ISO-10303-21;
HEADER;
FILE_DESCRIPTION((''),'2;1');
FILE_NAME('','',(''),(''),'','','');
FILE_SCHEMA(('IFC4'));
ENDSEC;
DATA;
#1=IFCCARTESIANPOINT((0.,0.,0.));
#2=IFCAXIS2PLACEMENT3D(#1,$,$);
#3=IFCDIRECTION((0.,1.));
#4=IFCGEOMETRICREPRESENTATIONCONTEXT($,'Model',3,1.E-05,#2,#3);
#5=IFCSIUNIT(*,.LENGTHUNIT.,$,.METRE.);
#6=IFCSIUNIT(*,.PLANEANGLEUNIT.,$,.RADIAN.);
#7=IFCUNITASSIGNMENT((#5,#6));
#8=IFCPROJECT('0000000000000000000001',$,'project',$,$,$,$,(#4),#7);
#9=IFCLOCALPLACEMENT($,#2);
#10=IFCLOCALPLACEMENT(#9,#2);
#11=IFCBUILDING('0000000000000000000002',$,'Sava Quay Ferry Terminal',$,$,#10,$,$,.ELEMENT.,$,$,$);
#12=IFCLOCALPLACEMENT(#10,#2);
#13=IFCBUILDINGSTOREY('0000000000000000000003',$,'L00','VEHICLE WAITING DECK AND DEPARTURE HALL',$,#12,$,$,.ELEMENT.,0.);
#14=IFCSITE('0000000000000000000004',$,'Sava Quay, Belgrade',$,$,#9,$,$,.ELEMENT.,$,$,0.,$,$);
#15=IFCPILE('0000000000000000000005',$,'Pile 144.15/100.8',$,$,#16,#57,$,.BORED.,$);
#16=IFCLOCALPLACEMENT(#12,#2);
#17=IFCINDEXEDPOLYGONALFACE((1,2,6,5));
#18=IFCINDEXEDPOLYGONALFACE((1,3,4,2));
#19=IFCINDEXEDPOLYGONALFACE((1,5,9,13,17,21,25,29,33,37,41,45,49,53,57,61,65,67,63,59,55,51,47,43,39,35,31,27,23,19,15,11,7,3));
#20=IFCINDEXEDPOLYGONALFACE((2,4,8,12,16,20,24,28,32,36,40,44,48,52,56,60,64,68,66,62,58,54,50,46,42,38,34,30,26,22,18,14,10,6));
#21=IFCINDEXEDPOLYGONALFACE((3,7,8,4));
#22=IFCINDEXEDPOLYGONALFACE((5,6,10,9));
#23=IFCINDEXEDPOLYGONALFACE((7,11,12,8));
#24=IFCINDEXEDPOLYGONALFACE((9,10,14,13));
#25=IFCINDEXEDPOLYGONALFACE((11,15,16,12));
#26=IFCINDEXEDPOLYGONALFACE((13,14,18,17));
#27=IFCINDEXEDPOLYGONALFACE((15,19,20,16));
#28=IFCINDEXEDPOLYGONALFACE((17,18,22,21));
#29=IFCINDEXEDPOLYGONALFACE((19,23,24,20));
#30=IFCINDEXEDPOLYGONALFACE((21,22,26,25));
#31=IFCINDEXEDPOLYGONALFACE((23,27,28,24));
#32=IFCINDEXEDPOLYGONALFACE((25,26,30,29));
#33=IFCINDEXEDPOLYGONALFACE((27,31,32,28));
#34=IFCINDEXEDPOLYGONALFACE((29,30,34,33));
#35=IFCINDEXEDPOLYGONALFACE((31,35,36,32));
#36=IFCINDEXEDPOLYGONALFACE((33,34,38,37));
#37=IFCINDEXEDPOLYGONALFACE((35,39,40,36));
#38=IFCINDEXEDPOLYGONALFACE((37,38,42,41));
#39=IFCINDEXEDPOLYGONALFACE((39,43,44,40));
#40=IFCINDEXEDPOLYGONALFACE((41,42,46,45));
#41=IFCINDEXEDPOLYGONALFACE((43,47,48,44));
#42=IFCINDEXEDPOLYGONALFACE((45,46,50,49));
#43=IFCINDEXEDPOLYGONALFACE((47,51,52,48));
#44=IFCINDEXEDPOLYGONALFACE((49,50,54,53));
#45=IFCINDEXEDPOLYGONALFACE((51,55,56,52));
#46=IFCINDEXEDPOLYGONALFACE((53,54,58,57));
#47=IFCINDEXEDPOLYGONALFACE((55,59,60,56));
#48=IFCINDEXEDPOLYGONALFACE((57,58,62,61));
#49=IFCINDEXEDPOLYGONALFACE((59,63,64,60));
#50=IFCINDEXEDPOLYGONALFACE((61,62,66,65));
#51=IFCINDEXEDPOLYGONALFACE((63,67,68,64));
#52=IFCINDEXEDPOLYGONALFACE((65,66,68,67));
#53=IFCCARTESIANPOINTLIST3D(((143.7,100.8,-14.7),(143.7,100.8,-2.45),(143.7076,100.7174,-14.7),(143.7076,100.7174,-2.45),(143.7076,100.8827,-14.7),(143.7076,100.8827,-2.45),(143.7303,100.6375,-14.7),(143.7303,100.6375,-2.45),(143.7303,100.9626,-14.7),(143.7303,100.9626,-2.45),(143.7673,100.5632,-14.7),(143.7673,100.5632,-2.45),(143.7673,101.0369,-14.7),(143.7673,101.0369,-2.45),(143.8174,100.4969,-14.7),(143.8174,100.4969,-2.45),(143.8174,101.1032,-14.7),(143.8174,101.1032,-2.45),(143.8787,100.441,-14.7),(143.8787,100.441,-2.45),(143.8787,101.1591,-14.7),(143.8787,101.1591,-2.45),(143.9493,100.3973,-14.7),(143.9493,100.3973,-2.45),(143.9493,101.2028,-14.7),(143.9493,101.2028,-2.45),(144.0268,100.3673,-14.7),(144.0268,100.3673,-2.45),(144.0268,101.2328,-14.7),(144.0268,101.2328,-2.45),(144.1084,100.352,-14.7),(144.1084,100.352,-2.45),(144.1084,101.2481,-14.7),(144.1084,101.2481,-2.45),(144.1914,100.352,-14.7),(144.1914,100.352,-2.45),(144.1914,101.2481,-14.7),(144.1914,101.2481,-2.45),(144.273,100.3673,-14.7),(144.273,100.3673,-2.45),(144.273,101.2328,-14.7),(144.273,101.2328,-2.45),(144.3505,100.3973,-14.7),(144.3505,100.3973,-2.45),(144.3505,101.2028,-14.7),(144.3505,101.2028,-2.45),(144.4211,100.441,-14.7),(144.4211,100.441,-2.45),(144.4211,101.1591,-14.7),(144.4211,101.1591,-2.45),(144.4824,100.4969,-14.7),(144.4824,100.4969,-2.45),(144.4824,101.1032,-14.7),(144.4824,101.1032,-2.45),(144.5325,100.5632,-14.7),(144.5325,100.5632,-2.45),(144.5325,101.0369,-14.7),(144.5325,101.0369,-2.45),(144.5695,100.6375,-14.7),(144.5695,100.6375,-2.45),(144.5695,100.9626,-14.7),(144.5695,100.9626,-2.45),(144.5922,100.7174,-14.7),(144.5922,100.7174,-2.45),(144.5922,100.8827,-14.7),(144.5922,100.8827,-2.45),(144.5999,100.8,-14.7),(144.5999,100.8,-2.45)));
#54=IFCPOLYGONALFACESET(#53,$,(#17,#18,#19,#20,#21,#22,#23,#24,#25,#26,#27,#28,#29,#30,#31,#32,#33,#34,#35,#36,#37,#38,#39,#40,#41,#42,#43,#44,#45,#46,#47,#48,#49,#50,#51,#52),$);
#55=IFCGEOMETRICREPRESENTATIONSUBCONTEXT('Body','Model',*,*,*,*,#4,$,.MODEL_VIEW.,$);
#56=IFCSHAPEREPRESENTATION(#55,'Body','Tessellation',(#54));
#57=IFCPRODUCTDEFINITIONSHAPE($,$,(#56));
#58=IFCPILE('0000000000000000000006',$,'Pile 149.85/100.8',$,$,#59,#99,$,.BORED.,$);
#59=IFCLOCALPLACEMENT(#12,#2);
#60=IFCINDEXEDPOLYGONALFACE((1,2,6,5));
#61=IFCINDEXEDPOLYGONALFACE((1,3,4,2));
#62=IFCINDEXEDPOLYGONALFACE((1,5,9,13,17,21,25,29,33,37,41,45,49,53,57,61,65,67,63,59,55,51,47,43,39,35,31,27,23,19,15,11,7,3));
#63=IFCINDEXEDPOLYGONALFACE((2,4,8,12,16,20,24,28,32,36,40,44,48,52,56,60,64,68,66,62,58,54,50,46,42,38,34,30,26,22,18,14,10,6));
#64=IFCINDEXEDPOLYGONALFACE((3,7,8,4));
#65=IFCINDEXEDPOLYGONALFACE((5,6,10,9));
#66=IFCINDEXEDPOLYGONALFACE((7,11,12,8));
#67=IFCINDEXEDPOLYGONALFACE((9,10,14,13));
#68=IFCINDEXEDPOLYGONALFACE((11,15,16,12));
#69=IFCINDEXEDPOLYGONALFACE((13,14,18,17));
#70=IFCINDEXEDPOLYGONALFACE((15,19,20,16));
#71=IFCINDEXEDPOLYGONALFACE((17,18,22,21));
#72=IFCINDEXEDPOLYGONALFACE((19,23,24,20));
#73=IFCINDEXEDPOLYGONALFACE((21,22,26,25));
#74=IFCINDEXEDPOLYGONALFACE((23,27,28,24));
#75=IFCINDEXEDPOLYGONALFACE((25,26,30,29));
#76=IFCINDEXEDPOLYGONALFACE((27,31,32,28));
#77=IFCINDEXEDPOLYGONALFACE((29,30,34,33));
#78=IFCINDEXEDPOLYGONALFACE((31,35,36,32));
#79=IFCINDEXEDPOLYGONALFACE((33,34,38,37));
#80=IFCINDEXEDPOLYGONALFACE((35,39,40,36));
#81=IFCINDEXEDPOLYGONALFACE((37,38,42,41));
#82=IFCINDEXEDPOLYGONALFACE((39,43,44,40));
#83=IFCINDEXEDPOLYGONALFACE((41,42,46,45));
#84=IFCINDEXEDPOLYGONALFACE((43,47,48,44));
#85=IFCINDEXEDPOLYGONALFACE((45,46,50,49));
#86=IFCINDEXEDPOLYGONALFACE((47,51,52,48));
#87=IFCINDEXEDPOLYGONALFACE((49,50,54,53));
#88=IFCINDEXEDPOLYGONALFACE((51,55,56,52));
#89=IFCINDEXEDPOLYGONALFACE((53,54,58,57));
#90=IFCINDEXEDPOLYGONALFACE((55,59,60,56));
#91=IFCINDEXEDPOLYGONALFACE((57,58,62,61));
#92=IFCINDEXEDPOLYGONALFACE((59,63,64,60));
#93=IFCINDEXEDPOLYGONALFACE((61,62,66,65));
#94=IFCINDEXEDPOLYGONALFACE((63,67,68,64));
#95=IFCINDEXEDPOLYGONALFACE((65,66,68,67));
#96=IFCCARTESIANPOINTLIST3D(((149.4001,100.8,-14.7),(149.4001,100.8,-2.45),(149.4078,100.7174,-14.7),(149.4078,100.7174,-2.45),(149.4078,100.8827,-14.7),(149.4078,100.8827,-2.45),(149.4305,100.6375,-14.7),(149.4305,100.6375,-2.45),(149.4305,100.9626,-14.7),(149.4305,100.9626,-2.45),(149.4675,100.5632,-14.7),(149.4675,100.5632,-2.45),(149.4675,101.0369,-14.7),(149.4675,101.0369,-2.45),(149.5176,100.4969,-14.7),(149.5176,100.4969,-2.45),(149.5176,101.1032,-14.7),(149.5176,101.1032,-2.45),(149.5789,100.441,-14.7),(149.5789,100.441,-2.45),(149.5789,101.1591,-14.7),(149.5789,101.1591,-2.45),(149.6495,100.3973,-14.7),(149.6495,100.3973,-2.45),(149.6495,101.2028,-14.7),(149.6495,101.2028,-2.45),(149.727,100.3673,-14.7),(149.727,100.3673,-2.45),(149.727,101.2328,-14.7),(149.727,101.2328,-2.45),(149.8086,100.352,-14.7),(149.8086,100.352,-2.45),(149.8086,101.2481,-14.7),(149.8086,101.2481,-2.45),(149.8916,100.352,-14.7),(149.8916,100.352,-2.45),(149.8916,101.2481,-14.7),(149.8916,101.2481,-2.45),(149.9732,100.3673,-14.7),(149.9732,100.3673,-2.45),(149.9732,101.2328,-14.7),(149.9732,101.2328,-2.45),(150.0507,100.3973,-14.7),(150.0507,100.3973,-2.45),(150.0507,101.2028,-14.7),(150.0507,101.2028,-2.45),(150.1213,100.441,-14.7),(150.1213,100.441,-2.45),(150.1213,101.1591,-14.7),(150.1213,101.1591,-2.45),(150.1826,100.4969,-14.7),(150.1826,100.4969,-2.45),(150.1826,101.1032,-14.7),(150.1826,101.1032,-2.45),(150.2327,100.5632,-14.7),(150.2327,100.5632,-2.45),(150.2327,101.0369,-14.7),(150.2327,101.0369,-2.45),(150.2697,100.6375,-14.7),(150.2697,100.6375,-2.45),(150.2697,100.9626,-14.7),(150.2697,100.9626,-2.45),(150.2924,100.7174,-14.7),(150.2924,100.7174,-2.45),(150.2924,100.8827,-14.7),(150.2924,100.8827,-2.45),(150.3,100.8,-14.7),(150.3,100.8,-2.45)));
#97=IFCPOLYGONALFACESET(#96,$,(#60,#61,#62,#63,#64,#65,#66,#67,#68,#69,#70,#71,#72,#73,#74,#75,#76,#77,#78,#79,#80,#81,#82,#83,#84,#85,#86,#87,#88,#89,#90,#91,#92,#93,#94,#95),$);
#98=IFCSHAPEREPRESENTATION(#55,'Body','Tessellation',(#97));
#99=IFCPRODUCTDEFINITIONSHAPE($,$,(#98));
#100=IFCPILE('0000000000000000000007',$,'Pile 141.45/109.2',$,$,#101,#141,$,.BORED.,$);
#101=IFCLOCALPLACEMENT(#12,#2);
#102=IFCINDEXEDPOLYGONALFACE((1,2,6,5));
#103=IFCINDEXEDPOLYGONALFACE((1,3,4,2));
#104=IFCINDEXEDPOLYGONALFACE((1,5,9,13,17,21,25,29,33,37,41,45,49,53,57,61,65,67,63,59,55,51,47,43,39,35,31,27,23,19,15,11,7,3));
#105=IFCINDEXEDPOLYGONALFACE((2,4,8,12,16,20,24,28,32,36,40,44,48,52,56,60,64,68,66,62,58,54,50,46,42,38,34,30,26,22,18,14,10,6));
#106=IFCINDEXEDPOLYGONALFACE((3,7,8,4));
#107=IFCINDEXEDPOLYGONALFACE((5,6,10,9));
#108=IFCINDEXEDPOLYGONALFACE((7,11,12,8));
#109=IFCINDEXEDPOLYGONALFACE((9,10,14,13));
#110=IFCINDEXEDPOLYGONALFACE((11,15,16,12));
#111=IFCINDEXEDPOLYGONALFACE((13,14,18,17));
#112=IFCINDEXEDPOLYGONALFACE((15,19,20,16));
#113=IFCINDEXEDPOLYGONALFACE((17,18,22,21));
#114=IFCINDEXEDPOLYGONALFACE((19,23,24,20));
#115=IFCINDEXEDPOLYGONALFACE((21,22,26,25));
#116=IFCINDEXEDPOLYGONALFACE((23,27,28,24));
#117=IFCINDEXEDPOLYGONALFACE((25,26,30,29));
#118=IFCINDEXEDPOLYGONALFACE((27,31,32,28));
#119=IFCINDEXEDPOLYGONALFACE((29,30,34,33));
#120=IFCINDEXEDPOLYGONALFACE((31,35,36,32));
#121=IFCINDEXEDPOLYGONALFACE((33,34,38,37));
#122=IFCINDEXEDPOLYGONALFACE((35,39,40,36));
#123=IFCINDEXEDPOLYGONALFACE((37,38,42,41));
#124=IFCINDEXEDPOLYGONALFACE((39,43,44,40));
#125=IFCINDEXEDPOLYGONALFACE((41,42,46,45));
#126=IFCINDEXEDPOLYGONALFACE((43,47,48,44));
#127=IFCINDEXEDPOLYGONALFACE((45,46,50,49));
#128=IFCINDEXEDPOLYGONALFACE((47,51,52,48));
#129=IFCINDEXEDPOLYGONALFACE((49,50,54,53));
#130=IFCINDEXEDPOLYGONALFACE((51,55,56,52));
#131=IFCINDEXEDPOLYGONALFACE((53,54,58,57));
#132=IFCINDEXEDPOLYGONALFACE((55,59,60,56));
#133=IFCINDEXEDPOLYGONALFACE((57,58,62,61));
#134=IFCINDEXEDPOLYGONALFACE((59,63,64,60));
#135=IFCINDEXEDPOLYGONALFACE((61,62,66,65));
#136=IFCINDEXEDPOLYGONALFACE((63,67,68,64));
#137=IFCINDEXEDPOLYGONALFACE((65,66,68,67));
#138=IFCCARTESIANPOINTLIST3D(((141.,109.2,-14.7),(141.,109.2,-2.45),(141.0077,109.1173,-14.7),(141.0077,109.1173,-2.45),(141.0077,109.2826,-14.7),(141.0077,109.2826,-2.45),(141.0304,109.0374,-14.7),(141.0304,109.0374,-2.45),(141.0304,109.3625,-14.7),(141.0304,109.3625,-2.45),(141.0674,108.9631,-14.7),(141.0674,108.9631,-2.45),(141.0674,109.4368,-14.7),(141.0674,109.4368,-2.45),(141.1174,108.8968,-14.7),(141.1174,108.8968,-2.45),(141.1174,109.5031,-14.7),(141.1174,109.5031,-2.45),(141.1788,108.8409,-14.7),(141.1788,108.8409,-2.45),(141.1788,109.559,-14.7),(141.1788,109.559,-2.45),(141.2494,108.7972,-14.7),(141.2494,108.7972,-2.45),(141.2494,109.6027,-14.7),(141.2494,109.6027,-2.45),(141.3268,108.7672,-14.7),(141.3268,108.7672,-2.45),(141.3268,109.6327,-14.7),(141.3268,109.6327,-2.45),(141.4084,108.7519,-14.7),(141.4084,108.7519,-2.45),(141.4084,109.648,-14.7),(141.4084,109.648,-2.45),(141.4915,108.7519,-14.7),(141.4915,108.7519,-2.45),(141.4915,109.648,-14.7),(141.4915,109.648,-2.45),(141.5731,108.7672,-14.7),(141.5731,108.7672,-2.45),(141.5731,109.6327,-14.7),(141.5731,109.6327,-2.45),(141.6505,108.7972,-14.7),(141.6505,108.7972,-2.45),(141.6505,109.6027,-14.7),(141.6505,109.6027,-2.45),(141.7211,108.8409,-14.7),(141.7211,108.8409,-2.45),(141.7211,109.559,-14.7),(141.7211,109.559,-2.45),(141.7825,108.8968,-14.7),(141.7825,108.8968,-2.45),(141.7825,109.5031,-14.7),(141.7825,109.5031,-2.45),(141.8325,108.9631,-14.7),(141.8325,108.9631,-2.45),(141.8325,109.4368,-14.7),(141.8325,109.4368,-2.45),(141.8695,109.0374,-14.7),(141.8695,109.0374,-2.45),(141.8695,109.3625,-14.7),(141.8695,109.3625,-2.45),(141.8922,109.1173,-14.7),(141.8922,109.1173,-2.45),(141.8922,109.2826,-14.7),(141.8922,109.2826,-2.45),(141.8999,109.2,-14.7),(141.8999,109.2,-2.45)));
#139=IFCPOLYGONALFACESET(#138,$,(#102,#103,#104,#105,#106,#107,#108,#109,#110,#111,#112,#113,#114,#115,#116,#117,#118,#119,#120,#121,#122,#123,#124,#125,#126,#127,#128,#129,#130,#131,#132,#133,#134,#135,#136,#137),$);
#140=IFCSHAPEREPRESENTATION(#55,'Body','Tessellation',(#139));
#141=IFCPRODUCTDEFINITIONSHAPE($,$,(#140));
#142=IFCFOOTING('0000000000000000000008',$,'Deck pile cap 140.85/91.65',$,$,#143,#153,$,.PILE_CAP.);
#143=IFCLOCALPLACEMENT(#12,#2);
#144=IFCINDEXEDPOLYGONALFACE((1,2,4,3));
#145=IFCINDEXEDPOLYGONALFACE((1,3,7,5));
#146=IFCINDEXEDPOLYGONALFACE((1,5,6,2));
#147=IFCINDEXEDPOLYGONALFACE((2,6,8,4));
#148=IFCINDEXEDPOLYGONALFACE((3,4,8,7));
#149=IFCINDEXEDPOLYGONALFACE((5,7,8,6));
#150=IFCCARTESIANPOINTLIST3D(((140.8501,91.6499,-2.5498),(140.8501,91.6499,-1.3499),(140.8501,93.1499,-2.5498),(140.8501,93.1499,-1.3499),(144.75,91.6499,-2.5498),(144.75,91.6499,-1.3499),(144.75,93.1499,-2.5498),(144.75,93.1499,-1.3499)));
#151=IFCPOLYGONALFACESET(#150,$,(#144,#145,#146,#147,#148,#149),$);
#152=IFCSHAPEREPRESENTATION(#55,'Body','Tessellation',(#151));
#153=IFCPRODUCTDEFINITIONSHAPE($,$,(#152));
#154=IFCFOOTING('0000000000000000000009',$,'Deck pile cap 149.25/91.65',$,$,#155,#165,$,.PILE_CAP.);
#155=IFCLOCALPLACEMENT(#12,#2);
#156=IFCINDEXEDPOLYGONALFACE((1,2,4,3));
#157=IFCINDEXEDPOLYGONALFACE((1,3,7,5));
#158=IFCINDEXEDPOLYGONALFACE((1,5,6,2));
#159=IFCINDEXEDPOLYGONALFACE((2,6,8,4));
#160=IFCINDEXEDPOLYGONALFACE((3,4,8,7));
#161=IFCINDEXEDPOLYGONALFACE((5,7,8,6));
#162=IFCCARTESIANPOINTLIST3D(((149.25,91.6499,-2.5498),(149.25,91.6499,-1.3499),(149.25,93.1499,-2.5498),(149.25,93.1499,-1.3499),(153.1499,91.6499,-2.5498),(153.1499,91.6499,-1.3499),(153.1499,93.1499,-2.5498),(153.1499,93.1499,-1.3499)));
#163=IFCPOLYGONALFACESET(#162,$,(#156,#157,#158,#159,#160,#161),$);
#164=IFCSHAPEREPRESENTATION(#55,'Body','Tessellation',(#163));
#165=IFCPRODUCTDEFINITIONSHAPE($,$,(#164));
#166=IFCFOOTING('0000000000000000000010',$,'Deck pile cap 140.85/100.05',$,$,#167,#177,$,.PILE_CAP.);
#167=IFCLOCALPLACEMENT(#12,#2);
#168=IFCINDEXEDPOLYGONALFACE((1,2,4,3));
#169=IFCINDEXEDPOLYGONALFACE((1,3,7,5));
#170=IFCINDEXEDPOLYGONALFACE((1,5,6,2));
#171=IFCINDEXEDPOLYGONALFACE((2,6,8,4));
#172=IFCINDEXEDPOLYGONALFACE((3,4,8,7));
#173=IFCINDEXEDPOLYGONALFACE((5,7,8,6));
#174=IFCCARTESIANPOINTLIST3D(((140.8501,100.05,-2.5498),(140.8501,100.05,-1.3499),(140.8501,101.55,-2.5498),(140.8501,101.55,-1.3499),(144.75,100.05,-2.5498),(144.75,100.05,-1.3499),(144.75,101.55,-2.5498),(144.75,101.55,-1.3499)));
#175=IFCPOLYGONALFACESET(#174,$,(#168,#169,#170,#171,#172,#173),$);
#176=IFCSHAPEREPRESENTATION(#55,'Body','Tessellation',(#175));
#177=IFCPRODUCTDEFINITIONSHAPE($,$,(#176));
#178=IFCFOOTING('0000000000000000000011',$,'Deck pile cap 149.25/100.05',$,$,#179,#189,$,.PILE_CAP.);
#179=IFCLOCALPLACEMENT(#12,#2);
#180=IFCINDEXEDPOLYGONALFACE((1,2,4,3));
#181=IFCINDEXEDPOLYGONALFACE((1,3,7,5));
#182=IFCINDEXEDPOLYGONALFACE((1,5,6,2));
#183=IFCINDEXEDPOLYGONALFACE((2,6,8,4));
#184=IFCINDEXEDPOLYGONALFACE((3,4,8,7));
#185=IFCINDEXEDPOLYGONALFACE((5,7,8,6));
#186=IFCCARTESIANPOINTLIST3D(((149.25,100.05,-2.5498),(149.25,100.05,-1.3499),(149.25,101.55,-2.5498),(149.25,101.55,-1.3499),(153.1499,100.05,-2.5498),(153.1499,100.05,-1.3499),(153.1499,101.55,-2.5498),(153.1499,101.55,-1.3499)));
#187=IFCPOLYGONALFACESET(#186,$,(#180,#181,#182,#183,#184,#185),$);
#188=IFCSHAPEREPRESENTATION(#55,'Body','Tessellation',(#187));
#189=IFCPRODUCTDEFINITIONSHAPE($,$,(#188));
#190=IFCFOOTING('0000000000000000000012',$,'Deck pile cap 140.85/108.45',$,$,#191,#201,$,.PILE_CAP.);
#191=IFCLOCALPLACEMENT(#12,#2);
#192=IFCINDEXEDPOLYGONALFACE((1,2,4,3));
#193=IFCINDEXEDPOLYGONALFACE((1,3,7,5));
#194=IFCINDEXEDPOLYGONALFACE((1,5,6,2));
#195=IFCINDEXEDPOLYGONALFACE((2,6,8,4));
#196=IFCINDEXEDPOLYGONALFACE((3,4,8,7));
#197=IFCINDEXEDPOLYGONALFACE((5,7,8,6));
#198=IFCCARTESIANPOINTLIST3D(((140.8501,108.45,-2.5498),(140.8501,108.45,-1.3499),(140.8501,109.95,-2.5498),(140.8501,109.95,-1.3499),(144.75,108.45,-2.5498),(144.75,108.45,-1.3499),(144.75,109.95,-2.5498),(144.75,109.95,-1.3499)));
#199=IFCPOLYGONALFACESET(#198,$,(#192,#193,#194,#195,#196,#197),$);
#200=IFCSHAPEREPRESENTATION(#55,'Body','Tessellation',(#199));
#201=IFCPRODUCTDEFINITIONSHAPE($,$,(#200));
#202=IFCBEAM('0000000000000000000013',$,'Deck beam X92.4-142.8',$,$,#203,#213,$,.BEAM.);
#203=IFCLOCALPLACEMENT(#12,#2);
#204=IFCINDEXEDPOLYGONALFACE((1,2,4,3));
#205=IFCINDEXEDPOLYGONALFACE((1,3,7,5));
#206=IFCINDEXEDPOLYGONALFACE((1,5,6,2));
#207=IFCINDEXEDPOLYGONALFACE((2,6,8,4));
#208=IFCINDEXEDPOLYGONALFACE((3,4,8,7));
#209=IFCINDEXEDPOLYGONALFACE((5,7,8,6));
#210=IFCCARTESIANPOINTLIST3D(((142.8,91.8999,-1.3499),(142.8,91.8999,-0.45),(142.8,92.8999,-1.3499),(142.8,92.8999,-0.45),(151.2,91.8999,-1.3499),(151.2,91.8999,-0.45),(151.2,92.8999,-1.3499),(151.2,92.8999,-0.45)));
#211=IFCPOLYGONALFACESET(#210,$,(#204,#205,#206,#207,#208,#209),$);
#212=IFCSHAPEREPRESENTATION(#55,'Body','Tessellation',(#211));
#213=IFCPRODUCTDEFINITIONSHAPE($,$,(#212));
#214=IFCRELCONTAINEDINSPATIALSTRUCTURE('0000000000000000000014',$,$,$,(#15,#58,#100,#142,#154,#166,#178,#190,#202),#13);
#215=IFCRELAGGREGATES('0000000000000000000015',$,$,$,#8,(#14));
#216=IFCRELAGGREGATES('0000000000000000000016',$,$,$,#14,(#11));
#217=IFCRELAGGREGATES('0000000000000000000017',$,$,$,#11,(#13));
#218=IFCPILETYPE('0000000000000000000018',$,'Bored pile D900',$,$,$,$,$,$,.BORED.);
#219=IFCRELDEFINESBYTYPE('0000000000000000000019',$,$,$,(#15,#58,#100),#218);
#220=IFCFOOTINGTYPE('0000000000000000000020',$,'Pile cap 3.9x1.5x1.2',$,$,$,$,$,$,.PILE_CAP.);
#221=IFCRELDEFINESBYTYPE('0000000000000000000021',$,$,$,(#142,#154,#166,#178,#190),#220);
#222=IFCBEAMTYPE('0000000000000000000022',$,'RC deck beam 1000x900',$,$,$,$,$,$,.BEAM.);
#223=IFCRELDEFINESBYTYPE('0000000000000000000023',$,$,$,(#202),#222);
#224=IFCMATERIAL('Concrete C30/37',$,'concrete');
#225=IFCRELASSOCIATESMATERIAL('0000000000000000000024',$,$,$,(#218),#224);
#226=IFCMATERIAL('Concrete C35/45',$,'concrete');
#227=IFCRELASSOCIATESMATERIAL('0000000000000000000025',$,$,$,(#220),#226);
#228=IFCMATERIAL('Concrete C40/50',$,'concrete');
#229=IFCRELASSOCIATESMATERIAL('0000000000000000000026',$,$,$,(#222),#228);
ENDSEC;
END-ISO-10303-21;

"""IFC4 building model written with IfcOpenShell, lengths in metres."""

from ifc_helpers import new_model, si_unit, direction, frame, origin, origin_2d, place, context, subcontext, project, spatial, rectangle, circle, extrude, material, material_profile, profile_set, type_object, element, save


model = new_model("IFC4")

# Units and contexts
model_context = context("Model", 3, precision=1e-05, world=origin(), true_north=direction((0.0, 1.0)))
body_context = subcontext(model_context, "Body", "Model", "MODEL_VIEW")
ifc_project = project(units=[si_unit("LENGTHUNIT", "METRE"), si_unit("PLANEANGLEUNIT", "RADIAN")], contexts=[model_context])

# Site, building, storey
site_placement = place(None, origin())
site = spatial("IfcSite", under=ifc_project, at=site_placement, Name="Sava Quay, Belgrade", CompositionType="ELEMENT", RefElevation=0.0)
building_placement = place(site_placement, origin())
building = spatial("IfcBuilding", under=site, at=building_placement, Name="Sava Quay Ferry Terminal", CompositionType="ELEMENT")
storey_placement = place(building_placement, origin())
storey = spatial("IfcBuildingStorey", under=building, at=storey_placement, Name="L00", Description="VEHICLE WAITING DECK AND DEPARTURE HALL", CompositionType="ELEMENT", Elevation=0.0)

# Piles
ifc_material_1 = material(Name="Concrete C30/37", Category="concrete")
ifc_material_profile_1 = material_profile(ifc_material_1, circle(Radius=0.45, at=origin_2d()), Name="Bored pile D900")
ifc_profile_set_1 = profile_set([ifc_material_profile_1], Name="Concrete C30/37")
pile_type = type_object("IfcPileType", Name="Bored pile D900", PredefinedType="BORED", material=ifc_profile_set_1)
for number, where, z_axis, x_axis, name in (
    (1, (144.1499, 100.8, -2.45), (0.0, 0.0, -1.0), (1.0, 0.0, 0.0), "Pile 144.15/100.8"),
    (2, (149.8501, 100.8, -2.45), (0.0, 0.0, -1.0), (1.0, 0.0, 0.0), "Pile 149.85/100.8"),
    (3, (141.45, 109.2, -2.45), (0.0, 0.0, -1.0), (1.0, 0.0, 0.0), "Pile 141.45/109.2"),
):
    element("IfcPile", number, at=place(storey_placement, frame(where, z_axis=z_axis, x_axis=x_axis)), inside=storey, type_object=pile_type, Name=name, PredefinedType="BORED", context=body_context, shape_type="SweptSolid", body=[
        extrude(circle(Radius=0.45, at=origin_2d()), origin(), (0.0, 0.0, 1.0), 12.25),
    ])

# Footings
ifc_material_2 = material(Name="Concrete C35/45", Category="concrete")
footing_type = type_object("IfcFootingType", Name="Pile cap 3.9x1.5x1.2", PredefinedType="PILE_CAP", material=ifc_material_2)
for number, where, z_axis, x_axis, name in (
    (4, (142.8, 92.3999, -2.5498), (0.0, 0.0, 1.0), (1.0, 0.0, 0.0), "Deck pile cap 140.85/91.65"),
    (5, (151.2, 92.3999, -2.5498), (0.0, 0.0, 1.0), (1.0, 0.0, 0.0), "Deck pile cap 149.25/91.65"),
    (6, (142.8, 100.8, -2.5498), (0.0, 0.0, 1.0), (1.0, 0.0, 0.0), "Deck pile cap 140.85/100.05"),
    (7, (151.2, 100.8, -2.5498), (0.0, 0.0, 1.0), (1.0, 0.0, 0.0), "Deck pile cap 149.25/100.05"),
    (8, (142.8, 109.2, -2.5498), (0.0, 0.0, 1.0), (1.0, 0.0, 0.0), "Deck pile cap 140.85/108.45"),
):
    element("IfcFooting", number, at=place(storey_placement, frame(where, z_axis=z_axis, x_axis=x_axis)), inside=storey, type_object=footing_type, Name=name, PredefinedType="PILE_CAP", context=body_context, shape_type="SweptSolid", body=[
        extrude(rectangle(XDim=3.8999, YDim=1.5, at=origin_2d()), origin(), (0.0, 0.0, 1.0), 1.2),
    ])

# Beam
ifc_material_3 = material(Name="Concrete C40/50", Category="concrete")
ifc_material_profile_2 = material_profile(ifc_material_3, rectangle(XDim=1.0, YDim=0.8999, at=origin_2d()), Name="RC 1000x900")
ifc_profile_set_2 = profile_set([ifc_material_profile_2], Name="Concrete C40/50")
beam_type = type_object("IfcBeamType", Name="RC deck beam 1000x900", PredefinedType="BEAM", material=ifc_profile_set_2)
beam_1_placement = place(storey_placement, frame((142.8, 92.3999, -0.8999), z_axis=(1.0, 0.0, 0.0), x_axis=(0.0, 1.0, 0.0)))
element("IfcBeam", 9, at=beam_1_placement, inside=storey, type_object=beam_type, Name="Deck beam X92.4-142.8", PredefinedType="BEAM", context=body_context, shape_type="SweptSolid", body=[
    extrude(rectangle(XDim=1.0, YDim=0.8999, at=origin_2d()), origin(), (0.0, 0.0, 1.0), 8.3999),
])

save(model, "model.ifc")
